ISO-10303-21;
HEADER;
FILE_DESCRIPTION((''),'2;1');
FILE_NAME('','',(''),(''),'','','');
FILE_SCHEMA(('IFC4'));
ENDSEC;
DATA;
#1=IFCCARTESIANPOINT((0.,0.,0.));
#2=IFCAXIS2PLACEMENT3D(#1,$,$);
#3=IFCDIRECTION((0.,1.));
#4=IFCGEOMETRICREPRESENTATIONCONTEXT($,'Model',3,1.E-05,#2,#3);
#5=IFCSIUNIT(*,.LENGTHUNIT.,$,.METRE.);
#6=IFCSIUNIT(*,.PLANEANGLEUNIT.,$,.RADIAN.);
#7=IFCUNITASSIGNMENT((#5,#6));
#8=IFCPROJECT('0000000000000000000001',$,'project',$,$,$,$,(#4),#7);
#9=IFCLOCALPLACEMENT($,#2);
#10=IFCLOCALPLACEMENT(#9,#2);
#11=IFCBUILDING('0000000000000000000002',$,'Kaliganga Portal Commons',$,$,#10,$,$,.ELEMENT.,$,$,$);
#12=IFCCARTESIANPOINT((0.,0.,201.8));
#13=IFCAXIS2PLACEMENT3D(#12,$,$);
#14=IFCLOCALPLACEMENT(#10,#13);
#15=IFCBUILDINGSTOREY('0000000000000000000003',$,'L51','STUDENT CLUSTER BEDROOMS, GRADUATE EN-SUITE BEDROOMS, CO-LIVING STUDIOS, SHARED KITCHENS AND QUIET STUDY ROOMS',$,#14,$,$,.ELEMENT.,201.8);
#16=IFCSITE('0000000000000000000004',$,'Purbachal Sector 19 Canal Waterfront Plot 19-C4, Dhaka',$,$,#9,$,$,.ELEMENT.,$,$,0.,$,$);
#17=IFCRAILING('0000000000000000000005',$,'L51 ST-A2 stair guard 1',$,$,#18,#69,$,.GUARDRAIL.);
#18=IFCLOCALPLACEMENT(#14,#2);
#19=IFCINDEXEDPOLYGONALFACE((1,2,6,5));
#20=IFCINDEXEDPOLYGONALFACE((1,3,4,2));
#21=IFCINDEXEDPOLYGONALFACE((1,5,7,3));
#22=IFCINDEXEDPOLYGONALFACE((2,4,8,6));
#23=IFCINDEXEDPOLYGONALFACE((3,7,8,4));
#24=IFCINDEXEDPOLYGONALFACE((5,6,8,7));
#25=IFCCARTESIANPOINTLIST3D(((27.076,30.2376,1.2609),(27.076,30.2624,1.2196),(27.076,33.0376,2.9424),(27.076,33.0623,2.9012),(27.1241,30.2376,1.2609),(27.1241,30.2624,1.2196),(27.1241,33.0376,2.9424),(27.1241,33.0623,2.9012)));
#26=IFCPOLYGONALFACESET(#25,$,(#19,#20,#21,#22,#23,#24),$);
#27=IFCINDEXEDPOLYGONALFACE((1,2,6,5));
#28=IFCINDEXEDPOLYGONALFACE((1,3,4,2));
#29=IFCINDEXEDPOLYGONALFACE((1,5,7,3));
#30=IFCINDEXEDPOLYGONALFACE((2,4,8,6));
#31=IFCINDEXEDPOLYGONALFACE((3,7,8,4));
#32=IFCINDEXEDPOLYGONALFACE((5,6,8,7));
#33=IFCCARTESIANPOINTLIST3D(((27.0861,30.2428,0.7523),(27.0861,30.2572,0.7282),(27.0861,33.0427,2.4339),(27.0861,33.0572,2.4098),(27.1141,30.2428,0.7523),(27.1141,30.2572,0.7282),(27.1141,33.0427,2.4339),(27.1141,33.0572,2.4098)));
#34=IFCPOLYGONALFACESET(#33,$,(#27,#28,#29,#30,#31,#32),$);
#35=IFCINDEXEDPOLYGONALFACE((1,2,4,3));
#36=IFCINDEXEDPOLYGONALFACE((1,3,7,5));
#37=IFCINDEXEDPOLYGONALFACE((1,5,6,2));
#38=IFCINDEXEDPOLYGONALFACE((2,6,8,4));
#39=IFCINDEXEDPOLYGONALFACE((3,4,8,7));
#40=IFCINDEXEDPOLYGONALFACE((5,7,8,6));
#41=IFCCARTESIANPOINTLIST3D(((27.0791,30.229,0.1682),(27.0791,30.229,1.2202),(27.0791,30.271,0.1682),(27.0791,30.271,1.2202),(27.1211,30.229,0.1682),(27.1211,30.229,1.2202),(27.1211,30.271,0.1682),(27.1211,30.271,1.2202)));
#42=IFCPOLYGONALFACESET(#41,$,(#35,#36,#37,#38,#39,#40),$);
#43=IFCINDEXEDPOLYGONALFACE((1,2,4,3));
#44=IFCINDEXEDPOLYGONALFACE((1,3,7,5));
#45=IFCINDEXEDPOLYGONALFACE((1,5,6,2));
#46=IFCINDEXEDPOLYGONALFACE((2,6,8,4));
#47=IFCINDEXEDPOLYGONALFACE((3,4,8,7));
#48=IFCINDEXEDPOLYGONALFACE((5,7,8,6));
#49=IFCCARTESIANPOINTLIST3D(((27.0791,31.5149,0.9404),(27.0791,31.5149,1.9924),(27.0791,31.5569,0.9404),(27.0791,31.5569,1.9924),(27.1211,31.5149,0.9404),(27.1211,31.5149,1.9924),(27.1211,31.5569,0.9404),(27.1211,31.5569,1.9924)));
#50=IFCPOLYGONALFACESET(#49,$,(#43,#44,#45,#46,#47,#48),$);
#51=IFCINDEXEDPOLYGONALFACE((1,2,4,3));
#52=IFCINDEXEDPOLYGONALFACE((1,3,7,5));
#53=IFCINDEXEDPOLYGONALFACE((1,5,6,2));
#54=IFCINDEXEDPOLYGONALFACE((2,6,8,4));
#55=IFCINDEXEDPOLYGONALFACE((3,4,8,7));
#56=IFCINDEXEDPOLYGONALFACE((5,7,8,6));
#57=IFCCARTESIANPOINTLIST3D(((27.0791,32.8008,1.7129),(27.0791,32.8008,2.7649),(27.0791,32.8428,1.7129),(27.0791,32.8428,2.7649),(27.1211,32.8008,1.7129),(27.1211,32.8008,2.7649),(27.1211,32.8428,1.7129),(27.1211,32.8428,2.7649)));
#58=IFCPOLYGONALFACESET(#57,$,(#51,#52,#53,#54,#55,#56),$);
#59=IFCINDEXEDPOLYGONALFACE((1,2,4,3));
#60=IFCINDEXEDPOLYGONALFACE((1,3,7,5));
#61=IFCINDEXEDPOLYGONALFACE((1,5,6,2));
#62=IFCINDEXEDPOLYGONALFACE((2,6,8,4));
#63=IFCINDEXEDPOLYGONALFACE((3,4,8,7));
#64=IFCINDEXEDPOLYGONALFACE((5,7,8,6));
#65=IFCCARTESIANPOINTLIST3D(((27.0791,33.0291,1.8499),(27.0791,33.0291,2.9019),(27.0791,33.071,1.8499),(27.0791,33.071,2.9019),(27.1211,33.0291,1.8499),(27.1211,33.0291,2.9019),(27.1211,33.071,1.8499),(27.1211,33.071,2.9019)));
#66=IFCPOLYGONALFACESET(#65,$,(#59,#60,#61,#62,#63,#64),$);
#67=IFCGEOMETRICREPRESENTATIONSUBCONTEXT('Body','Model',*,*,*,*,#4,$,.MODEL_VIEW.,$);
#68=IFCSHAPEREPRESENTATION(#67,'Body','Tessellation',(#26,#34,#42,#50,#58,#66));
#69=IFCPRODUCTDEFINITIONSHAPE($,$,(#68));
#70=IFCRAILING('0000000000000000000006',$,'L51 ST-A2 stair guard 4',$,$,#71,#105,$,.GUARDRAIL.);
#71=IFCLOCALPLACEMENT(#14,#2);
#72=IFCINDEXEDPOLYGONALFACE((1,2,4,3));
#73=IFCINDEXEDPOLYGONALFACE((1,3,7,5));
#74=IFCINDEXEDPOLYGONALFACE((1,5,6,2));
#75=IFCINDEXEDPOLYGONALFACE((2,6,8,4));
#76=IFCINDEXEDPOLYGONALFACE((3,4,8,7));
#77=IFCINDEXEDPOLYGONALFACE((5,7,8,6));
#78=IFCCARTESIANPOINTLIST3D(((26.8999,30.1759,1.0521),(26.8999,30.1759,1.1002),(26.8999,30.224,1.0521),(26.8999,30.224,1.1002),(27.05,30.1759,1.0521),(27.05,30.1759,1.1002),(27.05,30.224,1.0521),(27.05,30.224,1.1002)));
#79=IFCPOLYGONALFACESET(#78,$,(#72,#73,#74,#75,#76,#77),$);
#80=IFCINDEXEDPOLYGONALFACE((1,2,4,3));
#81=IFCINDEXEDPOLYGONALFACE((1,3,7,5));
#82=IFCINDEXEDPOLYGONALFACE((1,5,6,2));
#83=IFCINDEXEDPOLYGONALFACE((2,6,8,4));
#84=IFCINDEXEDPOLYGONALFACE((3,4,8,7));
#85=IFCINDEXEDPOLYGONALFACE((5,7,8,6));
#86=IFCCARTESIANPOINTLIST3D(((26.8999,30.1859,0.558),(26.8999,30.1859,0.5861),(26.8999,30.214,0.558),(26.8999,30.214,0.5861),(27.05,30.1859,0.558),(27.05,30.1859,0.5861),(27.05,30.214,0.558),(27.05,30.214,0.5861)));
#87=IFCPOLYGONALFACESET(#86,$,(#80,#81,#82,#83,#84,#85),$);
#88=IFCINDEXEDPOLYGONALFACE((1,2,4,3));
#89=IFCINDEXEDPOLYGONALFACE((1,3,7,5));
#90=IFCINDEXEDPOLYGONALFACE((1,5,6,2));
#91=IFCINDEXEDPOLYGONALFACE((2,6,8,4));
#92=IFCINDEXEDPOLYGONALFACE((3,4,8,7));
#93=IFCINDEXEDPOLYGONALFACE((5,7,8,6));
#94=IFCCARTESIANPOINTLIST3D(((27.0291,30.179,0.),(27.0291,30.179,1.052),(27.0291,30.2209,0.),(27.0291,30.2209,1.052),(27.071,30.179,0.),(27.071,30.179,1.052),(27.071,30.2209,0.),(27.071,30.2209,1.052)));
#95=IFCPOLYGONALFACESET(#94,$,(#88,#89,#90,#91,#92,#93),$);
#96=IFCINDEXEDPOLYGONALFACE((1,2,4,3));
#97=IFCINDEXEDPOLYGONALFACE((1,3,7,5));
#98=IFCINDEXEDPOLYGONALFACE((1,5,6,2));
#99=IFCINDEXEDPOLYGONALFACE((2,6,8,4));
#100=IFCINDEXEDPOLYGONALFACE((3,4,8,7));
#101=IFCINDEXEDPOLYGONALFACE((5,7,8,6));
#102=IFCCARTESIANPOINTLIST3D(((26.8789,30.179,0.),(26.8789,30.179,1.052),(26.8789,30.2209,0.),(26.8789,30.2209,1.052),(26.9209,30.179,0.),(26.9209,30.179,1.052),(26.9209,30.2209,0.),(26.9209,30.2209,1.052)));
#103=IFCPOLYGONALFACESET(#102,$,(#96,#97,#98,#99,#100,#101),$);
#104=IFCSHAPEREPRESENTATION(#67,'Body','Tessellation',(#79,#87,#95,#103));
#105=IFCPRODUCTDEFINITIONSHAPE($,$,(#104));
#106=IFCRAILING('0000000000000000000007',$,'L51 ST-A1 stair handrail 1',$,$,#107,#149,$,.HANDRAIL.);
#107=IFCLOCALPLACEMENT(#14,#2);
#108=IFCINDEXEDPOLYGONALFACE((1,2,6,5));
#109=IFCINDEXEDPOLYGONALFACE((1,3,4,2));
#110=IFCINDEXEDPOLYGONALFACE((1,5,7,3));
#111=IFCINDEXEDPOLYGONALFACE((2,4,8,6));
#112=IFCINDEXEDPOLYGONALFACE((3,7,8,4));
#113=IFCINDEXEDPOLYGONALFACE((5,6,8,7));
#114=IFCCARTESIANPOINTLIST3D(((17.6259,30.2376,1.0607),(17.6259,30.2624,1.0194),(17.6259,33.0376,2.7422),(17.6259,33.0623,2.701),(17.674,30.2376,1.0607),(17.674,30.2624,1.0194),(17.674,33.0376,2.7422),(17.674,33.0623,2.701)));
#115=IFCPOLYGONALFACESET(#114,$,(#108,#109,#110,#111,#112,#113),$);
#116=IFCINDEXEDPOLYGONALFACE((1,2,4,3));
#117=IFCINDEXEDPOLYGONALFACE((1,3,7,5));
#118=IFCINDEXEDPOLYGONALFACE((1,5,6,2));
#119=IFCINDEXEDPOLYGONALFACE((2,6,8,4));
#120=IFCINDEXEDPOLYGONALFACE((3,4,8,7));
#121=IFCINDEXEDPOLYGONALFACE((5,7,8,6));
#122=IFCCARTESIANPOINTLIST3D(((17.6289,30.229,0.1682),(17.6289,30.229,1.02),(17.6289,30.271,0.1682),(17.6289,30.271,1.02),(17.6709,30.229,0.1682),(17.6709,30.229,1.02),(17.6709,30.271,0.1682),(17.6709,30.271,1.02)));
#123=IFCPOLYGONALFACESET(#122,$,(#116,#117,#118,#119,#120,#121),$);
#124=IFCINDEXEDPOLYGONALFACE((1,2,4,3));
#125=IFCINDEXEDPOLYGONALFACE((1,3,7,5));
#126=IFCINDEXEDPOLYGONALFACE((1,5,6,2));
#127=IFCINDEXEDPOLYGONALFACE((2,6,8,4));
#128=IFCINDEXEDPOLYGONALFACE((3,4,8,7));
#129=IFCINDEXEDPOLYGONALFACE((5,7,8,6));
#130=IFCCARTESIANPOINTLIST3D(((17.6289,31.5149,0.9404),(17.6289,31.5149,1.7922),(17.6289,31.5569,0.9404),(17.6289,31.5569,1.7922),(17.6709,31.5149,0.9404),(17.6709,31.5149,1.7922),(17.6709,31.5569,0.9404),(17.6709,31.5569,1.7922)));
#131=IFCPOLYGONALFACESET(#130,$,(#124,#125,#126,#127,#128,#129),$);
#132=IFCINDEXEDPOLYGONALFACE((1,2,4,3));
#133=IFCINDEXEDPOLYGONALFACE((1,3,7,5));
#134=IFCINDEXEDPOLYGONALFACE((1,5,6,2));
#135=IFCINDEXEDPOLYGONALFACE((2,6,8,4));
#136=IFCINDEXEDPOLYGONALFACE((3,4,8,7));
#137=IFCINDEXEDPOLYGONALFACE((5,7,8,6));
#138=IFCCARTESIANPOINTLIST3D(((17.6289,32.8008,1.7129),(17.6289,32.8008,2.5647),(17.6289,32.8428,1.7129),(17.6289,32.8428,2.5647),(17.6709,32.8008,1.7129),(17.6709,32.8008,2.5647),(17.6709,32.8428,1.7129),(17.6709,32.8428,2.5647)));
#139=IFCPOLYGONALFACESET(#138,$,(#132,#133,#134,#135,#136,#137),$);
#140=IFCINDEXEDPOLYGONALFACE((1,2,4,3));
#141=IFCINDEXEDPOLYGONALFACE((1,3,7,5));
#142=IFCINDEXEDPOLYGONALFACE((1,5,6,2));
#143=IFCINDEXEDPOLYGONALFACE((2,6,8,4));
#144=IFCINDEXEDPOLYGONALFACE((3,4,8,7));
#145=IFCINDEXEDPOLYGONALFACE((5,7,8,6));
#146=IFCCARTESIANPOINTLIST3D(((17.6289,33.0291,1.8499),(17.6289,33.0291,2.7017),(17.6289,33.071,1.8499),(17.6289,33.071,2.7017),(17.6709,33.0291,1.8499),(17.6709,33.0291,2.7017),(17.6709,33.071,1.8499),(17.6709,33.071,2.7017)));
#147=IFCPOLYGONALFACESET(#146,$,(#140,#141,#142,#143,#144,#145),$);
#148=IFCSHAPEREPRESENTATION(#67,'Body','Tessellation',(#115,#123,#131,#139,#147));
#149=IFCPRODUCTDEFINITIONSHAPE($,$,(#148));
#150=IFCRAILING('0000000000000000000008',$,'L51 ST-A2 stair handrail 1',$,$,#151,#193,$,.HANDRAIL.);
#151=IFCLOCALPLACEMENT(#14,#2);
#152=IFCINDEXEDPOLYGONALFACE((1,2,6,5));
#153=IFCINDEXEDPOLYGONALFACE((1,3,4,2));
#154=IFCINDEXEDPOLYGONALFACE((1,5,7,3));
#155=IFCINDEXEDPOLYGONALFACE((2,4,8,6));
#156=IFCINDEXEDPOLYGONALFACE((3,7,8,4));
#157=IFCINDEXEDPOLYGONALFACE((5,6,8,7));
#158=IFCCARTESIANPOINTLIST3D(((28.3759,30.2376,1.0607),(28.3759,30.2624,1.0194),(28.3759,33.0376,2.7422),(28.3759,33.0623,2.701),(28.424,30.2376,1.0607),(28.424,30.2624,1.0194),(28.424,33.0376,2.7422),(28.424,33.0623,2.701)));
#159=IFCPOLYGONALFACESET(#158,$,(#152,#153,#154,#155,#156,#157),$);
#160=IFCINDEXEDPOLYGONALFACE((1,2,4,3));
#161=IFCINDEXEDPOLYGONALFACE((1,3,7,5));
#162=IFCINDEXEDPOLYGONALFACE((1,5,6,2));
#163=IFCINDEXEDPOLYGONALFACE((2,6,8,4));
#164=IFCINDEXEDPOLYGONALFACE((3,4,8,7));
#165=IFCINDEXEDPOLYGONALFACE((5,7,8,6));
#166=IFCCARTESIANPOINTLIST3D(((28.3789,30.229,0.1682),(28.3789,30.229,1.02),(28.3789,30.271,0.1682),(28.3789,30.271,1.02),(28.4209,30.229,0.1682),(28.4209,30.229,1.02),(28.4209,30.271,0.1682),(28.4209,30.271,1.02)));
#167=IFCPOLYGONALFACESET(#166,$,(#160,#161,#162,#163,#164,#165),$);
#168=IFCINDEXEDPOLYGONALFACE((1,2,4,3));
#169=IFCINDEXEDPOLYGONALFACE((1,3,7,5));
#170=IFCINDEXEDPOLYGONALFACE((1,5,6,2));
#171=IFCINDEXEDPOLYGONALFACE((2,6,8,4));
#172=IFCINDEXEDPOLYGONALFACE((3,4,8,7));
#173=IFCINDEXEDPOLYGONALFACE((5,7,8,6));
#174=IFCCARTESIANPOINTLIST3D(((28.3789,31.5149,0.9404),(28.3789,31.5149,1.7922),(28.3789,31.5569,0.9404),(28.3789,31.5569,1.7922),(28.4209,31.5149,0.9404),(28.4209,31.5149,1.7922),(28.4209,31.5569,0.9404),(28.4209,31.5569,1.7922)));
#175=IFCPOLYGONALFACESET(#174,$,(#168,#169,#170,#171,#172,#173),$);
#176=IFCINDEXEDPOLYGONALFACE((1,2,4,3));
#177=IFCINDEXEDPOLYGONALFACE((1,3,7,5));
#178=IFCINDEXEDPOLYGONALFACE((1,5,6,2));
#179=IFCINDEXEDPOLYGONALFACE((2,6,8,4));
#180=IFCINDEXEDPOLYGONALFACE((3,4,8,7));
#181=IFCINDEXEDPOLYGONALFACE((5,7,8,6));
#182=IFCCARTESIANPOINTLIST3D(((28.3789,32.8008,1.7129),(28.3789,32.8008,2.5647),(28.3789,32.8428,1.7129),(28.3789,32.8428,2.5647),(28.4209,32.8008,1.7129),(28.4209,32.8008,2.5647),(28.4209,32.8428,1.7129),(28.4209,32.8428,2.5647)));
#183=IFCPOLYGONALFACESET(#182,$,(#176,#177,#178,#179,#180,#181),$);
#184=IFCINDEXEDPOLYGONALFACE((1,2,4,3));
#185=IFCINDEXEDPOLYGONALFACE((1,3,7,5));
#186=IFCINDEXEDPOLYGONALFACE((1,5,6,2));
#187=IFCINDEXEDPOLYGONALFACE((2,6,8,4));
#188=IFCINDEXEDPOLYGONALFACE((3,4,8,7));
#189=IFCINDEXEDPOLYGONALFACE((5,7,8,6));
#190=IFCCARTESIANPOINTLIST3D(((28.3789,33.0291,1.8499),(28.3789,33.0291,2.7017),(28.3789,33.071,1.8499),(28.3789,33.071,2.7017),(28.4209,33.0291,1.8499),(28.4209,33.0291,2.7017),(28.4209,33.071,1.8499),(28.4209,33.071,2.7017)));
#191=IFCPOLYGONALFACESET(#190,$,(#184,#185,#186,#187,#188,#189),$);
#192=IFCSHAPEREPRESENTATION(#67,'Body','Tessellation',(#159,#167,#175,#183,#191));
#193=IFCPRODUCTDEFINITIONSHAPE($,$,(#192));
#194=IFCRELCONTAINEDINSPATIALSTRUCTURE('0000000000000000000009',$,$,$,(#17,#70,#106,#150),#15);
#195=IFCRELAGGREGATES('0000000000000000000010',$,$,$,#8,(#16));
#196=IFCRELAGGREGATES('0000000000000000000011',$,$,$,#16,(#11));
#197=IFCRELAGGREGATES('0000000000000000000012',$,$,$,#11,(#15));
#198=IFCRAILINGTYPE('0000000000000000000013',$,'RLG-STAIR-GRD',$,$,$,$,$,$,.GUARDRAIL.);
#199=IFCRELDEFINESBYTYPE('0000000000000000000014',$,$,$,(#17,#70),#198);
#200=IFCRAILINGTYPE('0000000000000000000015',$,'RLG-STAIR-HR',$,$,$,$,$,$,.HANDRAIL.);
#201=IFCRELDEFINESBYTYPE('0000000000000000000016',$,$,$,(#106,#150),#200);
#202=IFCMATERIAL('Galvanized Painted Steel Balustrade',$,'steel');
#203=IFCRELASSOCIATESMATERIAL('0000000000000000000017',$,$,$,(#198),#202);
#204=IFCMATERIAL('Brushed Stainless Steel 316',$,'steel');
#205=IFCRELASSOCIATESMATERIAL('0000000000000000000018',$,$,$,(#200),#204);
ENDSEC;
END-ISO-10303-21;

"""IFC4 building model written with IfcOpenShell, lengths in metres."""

from ifc_helpers import new_model, si_unit, direction, frame, origin, origin_2d, place, context, subcontext, project, spatial, rectangle, extrude, material, type_object, element, save


model = new_model("IFC4")

# Units and contexts
model_context = context("Model", 3, precision=1e-05, world=origin(), true_north=direction((0.0, 1.0)))
body_context = subcontext(model_context, "Body", "Model", "MODEL_VIEW")
ifc_project = project(units=[si_unit("LENGTHUNIT", "METRE"), si_unit("PLANEANGLEUNIT", "RADIAN")], contexts=[model_context])

# Site, building, storey
site_placement = place(None, origin())
site = spatial("IfcSite", under=ifc_project, at=site_placement, Name="Purbachal Sector 19 Canal Waterfront Plot 19-C4, Dhaka", CompositionType="ELEMENT", RefElevation=0.0)
building_placement = place(site_placement, origin())
building = spatial("IfcBuilding", under=site, at=building_placement, Name="Kaliganga Portal Commons", CompositionType="ELEMENT")
storey_placement = place(building_placement, frame((0.0, 0.0, 201.8)))
storey = spatial("IfcBuildingStorey", under=building, at=storey_placement, Name="L51", Description="STUDENT CLUSTER BEDROOMS, GRADUATE EN-SUITE BEDROOMS, CO-LIVING STUDIOS, SHARED KITCHENS AND QUIET STUDY ROOMS", CompositionType="ELEMENT", Elevation=201.8)

# Railings
ifc_material_1 = material(Name="Galvanized Painted Steel Balustrade", Category="steel")
railing_type_1 = type_object("IfcRailingType", Name="RLG-STAIR-GRD", PredefinedType="GUARDRAIL", material=ifc_material_1)
railing_1_placement = place(storey_placement, frame((27.1001, 30.25, 0.1682)))
element("IfcRailing", 1, at=railing_1_placement, inside=storey, type_object=railing_type_1, Name="L51 ST-A2 stair guard 1", PredefinedType="GUARDRAIL", context=body_context, shape_type="SweptSolid", body=[
    extrude(rectangle(XDim=0.0481, YDim=0.0481, at=origin_2d()), frame((0.0, 0.0, 1.072), z_axis=(0.0, 0.857275, 0.514858), x_axis=(-1.0, 0.0, 0.0)), (0.0, 0.0, 1.0), 3.2661),
    extrude(rectangle(XDim=0.0281, YDim=0.0281, at=origin_2d()), frame((0.0, 0.0, 0.572), z_axis=(0.0, 0.857275, 0.514858), x_axis=(-1.0, 0.0, 0.0)), (0.0, 0.0, 1.0), 3.2661),
    extrude(rectangle(XDim=0.042, YDim=0.042, at=origin_2d()), origin(), (0.0, 0.0, 1.0), 1.052),
    extrude(rectangle(XDim=0.042, YDim=0.042, at=origin_2d()), frame((0.0, 1.2859, 0.7722)), (0.0, 0.0, 1.0), 1.052),
    extrude(rectangle(XDim=0.042, YDim=0.042, at=origin_2d()), frame((0.0, 2.5718, 1.5447)), (0.0, 0.0, 1.0), 1.052),
    extrude(rectangle(XDim=0.042, YDim=0.042, at=origin_2d()), frame((0.0, 2.8, 1.6816)), (0.0, 0.0, 1.0), 1.052),
])
railing_2_placement = place(storey_placement, frame((27.05, 30.2, 0.0)))
element("IfcRailing", 2, at=railing_2_placement, inside=storey, type_object=railing_type_1, Name="L51 ST-A2 stair guard 4", PredefinedType="GUARDRAIL", context=body_context, shape_type="SweptSolid", body=[
    extrude(rectangle(XDim=0.0481, YDim=0.0481, at=origin_2d()), frame((0.0, 0.0, 1.0762), z_axis=(-1.0, 0.0, 0.0), x_axis=(0.0, -1.0, 0.0)), (0.0, 0.0, 1.0), 0.1501),
    extrude(rectangle(XDim=0.0281, YDim=0.0281, at=origin_2d()), frame((0.0, 0.0, 0.572), z_axis=(-1.0, 0.0, 0.0), x_axis=(0.0, -1.0, 0.0)), (0.0, 0.0, 1.0), 0.1501),
    extrude(rectangle(XDim=0.042, YDim=0.042, at=origin_2d()), origin(), (0.0, 0.0, 1.0), 1.052),
    extrude(rectangle(XDim=0.042, YDim=0.042, at=origin_2d()), frame((-0.1501, 0.0, 0.0)), (0.0, 0.0, 1.0), 1.052),
])
ifc_material_2 = material(Name="Brushed Stainless Steel 316", Category="steel")
railing_type_2 = type_object("IfcRailingType", Name="RLG-STAIR-HR", PredefinedType="HANDRAIL", material=ifc_material_2)
for number, where, name in (
    (3, (17.6499, 30.25, 0.1682), "L51 ST-A1 stair handrail 1"),
    (4, (28.3999, 30.25, 0.1682), "L51 ST-A2 stair handrail 1"),
):
    element("IfcRailing", number, at=place(storey_placement, frame(where)), inside=storey, type_object=railing_type_2, Name=name, PredefinedType="HANDRAIL", context=body_context, shape_type="SweptSolid", body=[
        extrude(rectangle(XDim=0.0481, YDim=0.0481, at=origin_2d()), frame((0.0, 0.0, 0.8718), z_axis=(0.0, 0.857275, 0.514858), x_axis=(-1.0, 0.0, 0.0)), (0.0, 0.0, 1.0), 3.2661),
        extrude(rectangle(XDim=0.042, YDim=0.042, at=origin_2d()), origin(), (0.0, 0.0, 1.0), 0.8518),
        extrude(rectangle(XDim=0.042, YDim=0.042, at=origin_2d()), frame((0.0, 1.2859, 0.7722)), (0.0, 0.0, 1.0), 0.8518),
        extrude(rectangle(XDim=0.042, YDim=0.042, at=origin_2d()), frame((0.0, 2.5718, 1.5447)), (0.0, 0.0, 1.0), 0.8518),
        extrude(rectangle(XDim=0.042, YDim=0.042, at=origin_2d()), frame((0.0, 2.8, 1.6816)), (0.0, 0.0, 1.0), 0.8518),
    ])

save(model, "model.ifc")
